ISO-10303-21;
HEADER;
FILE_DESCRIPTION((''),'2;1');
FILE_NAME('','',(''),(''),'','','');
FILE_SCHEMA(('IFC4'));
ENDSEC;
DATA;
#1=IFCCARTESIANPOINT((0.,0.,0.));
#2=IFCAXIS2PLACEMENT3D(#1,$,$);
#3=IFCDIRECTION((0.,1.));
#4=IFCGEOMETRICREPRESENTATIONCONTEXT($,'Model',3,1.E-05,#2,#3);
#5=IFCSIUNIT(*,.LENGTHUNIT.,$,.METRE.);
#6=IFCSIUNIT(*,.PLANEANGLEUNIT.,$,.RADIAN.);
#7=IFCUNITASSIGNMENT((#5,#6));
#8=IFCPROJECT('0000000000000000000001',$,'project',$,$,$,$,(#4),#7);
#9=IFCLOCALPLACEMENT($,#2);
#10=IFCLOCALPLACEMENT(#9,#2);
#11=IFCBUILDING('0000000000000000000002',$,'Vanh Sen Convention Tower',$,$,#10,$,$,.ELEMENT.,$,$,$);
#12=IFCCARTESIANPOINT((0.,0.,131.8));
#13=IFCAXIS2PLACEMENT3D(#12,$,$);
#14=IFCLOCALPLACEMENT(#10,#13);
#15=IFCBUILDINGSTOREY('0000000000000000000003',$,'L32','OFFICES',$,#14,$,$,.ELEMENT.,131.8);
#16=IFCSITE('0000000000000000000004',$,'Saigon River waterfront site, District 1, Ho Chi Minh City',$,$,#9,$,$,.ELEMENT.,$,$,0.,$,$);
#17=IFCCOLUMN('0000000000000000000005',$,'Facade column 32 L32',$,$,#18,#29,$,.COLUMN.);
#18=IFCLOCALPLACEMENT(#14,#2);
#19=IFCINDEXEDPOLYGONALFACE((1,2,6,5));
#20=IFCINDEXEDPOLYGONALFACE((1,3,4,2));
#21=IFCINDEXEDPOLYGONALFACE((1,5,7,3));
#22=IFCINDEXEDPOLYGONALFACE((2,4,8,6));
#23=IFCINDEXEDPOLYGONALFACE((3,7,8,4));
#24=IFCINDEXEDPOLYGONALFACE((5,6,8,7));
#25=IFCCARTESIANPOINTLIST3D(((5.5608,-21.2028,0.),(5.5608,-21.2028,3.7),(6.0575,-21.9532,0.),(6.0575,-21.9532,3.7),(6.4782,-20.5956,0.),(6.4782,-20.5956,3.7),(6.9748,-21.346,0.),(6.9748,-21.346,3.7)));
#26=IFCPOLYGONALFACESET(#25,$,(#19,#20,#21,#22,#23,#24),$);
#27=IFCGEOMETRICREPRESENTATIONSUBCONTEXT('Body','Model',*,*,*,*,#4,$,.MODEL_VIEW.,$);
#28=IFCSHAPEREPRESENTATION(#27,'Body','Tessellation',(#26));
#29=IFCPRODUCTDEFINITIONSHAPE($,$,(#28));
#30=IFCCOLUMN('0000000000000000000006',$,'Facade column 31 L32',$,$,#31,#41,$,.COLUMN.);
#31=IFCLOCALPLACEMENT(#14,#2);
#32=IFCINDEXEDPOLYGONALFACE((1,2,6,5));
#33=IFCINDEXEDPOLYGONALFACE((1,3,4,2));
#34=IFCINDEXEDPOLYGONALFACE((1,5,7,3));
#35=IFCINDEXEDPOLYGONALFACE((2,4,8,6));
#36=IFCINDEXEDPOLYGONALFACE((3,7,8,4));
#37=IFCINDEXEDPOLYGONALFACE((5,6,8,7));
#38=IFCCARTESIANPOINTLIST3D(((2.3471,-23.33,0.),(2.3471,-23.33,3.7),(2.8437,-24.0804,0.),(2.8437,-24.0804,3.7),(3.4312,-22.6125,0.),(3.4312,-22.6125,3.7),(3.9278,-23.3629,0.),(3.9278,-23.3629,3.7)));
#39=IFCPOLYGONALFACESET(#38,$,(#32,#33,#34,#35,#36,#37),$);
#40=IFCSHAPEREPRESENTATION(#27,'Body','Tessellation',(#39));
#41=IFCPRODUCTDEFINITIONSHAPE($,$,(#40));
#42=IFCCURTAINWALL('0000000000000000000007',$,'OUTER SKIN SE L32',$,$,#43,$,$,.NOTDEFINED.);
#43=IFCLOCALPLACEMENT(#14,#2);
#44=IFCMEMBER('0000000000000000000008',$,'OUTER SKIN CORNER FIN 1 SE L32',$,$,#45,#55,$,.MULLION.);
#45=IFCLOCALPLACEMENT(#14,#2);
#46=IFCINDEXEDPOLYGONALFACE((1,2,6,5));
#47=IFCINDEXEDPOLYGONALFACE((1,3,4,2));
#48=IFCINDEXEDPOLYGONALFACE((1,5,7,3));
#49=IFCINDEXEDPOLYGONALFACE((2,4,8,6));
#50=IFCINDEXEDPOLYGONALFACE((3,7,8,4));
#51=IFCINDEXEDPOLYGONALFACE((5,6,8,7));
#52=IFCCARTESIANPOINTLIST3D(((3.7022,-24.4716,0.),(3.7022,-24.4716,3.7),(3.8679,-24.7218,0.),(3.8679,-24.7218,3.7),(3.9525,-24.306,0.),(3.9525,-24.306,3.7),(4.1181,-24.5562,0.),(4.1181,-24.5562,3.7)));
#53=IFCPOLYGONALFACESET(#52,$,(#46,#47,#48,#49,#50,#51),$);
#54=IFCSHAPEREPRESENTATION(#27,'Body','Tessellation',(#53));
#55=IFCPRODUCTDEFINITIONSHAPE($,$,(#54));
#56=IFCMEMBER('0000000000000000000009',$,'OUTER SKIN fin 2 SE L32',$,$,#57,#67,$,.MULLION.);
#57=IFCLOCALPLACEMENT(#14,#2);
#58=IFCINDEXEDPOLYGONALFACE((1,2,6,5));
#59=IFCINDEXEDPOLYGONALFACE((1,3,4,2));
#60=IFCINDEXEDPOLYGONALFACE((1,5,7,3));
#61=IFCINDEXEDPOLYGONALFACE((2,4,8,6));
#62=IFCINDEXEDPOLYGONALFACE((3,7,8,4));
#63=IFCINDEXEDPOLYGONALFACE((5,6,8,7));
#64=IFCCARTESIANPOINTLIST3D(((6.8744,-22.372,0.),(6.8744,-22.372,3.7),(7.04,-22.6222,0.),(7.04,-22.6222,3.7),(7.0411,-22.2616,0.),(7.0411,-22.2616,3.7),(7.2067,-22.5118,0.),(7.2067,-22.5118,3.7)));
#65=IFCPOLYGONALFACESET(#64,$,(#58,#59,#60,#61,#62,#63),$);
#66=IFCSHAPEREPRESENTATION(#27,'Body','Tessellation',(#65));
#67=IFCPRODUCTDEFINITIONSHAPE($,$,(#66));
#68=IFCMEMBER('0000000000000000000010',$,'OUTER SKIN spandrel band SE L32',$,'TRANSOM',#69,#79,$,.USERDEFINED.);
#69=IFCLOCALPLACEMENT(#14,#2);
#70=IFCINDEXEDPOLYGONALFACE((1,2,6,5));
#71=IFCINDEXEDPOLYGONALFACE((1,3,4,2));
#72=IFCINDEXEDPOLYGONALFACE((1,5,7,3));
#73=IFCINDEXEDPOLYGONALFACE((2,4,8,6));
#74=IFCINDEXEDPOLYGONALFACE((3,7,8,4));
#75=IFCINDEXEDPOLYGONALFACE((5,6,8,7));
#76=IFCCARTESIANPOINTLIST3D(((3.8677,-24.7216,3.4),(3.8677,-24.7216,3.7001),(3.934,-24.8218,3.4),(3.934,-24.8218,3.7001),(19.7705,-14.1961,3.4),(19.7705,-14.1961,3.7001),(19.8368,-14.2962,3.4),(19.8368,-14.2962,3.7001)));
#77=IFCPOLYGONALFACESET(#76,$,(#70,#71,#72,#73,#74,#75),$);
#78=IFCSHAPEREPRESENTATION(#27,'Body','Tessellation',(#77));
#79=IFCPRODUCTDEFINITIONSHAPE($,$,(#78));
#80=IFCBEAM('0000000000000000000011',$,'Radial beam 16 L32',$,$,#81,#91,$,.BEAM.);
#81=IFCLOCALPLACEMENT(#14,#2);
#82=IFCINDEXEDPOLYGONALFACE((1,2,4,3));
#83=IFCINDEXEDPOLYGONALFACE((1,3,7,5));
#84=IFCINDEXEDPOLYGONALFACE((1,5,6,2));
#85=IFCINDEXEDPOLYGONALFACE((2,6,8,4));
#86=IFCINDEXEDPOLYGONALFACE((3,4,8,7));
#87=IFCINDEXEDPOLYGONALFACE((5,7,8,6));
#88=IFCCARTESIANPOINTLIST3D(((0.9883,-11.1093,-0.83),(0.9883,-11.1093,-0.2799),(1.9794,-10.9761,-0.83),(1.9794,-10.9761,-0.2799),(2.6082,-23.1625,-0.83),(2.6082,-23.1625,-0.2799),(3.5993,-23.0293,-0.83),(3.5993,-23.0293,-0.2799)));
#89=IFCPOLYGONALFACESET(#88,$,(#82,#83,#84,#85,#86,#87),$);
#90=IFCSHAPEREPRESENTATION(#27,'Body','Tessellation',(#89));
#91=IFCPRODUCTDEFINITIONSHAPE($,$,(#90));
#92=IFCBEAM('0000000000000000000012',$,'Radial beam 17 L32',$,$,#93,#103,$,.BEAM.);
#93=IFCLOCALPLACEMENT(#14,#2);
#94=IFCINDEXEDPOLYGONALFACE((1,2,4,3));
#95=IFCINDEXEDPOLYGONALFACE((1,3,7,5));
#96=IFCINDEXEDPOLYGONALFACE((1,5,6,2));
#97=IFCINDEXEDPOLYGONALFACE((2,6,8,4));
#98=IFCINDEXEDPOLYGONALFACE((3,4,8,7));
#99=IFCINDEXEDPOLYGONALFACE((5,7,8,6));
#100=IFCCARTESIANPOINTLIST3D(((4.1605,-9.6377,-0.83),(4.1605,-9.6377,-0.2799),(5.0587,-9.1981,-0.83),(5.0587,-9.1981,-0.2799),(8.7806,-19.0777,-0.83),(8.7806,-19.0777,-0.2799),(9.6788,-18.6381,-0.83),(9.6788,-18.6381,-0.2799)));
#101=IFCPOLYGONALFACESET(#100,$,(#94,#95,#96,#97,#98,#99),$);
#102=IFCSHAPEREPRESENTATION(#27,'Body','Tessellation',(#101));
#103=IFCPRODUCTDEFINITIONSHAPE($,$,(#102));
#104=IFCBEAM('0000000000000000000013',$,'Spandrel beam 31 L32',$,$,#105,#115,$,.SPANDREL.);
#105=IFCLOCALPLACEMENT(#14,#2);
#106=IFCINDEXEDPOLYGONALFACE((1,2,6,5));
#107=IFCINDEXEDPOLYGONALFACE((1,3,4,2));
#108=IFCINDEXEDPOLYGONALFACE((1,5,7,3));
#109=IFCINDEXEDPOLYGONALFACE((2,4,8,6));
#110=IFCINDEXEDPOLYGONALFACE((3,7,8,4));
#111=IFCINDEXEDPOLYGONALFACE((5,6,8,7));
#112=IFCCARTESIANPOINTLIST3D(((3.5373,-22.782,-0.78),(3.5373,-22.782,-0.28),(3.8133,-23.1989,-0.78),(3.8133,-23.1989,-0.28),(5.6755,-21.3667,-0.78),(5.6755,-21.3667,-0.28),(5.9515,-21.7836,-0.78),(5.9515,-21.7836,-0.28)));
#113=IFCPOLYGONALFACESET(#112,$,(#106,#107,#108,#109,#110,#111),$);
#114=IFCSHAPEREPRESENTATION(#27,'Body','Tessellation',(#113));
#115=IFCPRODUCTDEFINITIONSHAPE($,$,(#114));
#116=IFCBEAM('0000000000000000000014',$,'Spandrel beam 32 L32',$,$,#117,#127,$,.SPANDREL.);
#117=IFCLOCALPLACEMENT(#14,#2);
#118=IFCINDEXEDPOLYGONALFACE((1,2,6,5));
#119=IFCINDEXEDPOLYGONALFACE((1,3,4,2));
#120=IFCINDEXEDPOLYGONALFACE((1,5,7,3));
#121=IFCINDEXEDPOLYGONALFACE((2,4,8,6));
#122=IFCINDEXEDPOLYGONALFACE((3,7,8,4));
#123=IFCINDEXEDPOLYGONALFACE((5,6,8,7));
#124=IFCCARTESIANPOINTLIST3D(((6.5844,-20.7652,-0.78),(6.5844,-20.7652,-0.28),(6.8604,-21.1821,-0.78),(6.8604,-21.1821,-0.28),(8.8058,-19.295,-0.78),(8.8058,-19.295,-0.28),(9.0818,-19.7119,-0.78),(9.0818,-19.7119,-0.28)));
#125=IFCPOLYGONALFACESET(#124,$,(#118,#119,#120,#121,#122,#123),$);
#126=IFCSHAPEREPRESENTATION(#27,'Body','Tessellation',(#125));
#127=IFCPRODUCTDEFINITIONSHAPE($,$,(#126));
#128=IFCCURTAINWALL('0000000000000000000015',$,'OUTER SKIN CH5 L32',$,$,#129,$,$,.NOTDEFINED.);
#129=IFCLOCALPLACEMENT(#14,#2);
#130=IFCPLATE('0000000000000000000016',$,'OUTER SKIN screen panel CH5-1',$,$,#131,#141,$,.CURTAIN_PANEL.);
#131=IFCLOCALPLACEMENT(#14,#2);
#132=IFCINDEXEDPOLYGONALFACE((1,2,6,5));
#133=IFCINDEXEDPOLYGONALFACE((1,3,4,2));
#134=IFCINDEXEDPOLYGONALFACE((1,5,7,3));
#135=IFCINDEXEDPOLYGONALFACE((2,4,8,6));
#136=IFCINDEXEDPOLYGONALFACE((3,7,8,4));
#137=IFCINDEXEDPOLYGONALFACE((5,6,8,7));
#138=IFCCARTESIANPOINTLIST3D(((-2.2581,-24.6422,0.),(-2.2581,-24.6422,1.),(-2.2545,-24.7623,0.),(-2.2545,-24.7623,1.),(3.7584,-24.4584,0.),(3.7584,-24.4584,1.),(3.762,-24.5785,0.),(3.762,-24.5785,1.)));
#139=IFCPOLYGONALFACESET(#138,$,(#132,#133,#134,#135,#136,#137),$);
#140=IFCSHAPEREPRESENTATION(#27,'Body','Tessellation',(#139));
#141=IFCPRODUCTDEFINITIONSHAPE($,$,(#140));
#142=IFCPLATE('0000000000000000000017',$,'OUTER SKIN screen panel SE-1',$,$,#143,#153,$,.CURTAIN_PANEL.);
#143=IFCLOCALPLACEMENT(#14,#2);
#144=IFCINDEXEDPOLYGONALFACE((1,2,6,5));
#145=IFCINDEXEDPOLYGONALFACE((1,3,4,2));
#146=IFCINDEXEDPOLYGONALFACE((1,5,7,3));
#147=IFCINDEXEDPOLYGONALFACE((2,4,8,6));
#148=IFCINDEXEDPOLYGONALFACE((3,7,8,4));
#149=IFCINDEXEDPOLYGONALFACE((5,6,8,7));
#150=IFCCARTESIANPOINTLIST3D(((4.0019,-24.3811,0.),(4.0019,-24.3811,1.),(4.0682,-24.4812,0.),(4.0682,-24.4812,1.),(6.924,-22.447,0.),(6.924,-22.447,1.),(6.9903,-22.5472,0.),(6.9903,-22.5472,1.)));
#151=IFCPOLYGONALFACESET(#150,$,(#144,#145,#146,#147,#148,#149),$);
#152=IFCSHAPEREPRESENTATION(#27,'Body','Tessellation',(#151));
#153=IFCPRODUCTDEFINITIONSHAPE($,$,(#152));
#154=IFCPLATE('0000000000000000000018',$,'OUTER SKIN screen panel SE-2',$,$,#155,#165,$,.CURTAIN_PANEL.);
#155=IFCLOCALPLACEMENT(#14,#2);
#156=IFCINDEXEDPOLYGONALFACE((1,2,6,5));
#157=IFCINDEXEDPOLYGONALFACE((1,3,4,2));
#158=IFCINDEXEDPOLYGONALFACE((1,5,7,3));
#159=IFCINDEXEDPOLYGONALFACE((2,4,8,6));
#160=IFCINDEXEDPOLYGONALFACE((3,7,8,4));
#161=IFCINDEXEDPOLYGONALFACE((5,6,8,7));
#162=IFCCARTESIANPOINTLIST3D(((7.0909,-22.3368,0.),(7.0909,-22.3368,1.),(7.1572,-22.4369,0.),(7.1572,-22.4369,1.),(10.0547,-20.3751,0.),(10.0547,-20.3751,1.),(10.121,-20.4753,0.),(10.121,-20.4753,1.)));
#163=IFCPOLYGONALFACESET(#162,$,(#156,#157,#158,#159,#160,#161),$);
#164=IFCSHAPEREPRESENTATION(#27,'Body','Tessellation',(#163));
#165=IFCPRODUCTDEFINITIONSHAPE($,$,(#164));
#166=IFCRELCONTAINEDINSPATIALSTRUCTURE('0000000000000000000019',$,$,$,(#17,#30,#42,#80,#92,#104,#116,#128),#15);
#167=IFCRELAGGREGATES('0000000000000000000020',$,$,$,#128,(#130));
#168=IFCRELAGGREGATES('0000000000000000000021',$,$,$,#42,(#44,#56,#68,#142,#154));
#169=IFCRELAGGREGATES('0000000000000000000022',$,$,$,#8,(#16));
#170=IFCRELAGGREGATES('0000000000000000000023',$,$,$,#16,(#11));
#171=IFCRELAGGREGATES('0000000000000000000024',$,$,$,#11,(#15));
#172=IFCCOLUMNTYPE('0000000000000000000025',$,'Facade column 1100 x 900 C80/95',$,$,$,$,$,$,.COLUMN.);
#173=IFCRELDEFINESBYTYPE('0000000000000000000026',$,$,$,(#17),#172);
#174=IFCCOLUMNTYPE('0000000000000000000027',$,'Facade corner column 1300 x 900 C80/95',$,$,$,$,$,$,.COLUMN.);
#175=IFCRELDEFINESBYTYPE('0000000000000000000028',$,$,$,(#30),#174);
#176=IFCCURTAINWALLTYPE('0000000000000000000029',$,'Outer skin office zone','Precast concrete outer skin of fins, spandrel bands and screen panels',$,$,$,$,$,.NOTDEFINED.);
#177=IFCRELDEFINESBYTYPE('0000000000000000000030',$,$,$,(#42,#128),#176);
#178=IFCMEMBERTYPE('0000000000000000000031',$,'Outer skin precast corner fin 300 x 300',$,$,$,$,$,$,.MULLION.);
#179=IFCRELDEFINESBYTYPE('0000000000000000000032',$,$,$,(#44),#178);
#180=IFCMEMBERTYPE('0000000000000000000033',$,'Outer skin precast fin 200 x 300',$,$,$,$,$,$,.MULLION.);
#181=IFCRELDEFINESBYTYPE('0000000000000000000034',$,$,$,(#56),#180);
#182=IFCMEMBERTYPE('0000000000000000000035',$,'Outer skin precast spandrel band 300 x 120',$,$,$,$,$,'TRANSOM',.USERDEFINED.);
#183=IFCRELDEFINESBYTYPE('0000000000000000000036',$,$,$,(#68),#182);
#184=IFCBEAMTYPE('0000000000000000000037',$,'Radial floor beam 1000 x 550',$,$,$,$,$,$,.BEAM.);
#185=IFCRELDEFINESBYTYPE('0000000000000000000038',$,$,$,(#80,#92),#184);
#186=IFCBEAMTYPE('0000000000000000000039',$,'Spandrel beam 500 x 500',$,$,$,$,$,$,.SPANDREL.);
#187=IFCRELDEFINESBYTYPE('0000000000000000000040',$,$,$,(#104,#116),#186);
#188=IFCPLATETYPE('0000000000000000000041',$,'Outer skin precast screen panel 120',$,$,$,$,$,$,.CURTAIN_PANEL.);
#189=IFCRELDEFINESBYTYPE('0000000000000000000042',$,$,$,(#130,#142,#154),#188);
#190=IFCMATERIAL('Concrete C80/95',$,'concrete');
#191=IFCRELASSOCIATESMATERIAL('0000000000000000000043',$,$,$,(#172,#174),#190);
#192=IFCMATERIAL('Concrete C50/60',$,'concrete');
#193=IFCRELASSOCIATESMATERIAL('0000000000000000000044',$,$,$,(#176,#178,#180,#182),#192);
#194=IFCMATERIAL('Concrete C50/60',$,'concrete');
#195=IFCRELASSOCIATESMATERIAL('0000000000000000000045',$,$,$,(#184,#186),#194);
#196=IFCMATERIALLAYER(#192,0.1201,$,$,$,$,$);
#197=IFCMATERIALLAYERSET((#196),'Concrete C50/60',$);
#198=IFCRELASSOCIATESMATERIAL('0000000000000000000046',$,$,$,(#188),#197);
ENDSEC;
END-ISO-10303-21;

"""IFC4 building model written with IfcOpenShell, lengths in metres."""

from ifc_helpers import new_model, si_unit, direction, frame, origin, origin_2d, place, context, subcontext, project, spatial, rectangle, extrude, material, layer, layer_set, material_profile, profile_set, type_object, element, aggregate, save


model = new_model("IFC4")

# Units and contexts
model_context = context("Model", 3, precision=1e-05, world=origin(), true_north=direction((0.0, 1.0)))
body_context = subcontext(model_context, "Body", "Model", "MODEL_VIEW")
ifc_project = project(units=[si_unit("LENGTHUNIT", "METRE"), si_unit("PLANEANGLEUNIT", "RADIAN")], contexts=[model_context])

# Site, building, storey
site_placement = place(None, origin())
site = spatial("IfcSite", under=ifc_project, at=site_placement, Name="Saigon River waterfront site, District 1, Ho Chi Minh City", CompositionType="ELEMENT", RefElevation=0.0)
building_placement = place(site_placement, origin())
building = spatial("IfcBuilding", under=site, at=building_placement, Name="Vanh Sen Convention Tower", CompositionType="ELEMENT")
storey_placement = place(building_placement, frame((0.0, 0.0, 131.8)))
storey = spatial("IfcBuildingStorey", under=building, at=storey_placement, Name="L32", Description="OFFICES", CompositionType="ELEMENT", Elevation=131.8)

# Columns
ifc_material_1 = material(Name="Concrete C80/95", Category="concrete")
ifc_material_profile_1 = material_profile(ifc_material_1, rectangle(XDim=1.1001, YDim=0.8999, at=origin_2d()), Name="RC 1100X900")
ifc_profile_set_1 = profile_set([ifc_material_profile_1], Name="Concrete C80/95")
column_type_1 = type_object("IfcColumnType", Name="Facade column 1100 x 900 C80/95", PredefinedType="COLUMN", material=ifc_profile_set_1)
column_1_placement = place(storey_placement, frame((6.2678, -21.2744, 0.0), z_axis=(0.0, 0.0, 1.0), x_axis=(0.833886, 0.551937, 0.0)))
element("IfcColumn", 1, at=column_1_placement, inside=storey, type_object=column_type_1, Name="Facade column 32 L32", PredefinedType="COLUMN", context=body_context, shape_type="SweptSolid", body=[
    extrude(rectangle(XDim=1.1001, YDim=0.8999, at=origin_2d()), origin(), (0.0, 0.0, 1.0), 3.7),
])
ifc_material_profile_2 = material_profile(ifc_material_1, rectangle(XDim=1.3, YDim=0.8999, at=origin_2d()), Name="RC 1300X900")
ifc_profile_set_2 = profile_set([ifc_material_profile_2], Name="Concrete C80/95")
column_type_2 = type_object("IfcColumnType", Name="Facade corner column 1300 x 900 C80/95", PredefinedType="COLUMN", material=ifc_profile_set_2)
column_2_placement = place(storey_placement, frame((3.1375, -23.3464, 0.0), z_axis=(0.0, 0.0, 1.0), x_axis=(0.833886, 0.551937, 0.0)))
element("IfcColumn", 2, at=column_2_placement, inside=storey, type_object=column_type_2, Name="Facade column 31 L32", PredefinedType="COLUMN", context=body_context, shape_type="SweptSolid", body=[
    extrude(rectangle(XDim=1.3, YDim=0.8999, at=origin_2d()), origin(), (0.0, 0.0, 1.0), 3.7),
])

# Curtain wall, members
ifc_material_2 = material(Name="Concrete C50/60", Category="concrete")
curtain_wall_type = type_object("IfcCurtainWallType", Name="Outer skin office zone", Description="Precast concrete outer skin of fins, spandrel bands and screen panels", PredefinedType="NOTDEFINED", material=ifc_material_2)
curtain_wall_1_placement = place(storey_placement, origin())
curtain_wall_1 = element("IfcCurtainWall", 3, at=curtain_wall_1_placement, inside=storey, type_object=curtain_wall_type, Name="OUTER SKIN SE L32", PredefinedType="NOTDEFINED")
ifc_material_profile_3 = material_profile(ifc_material_2, rectangle(XDim=0.3, YDim=0.3, at=origin_2d()), Name="Outer skin precast corner fin 300 x 300")
ifc_profile_set_3 = profile_set([ifc_material_profile_3], Name="Concrete C50/60")
member_type_1 = type_object("IfcMemberType", Name="Outer skin precast corner fin 300 x 300", PredefinedType="MULLION", material=ifc_profile_set_3)
member_1_placement = place(storey_placement, frame((3.9102, -24.5139, 0.0), z_axis=(0.0, 0.0, 1.0), x_axis=(0.833886, 0.551937, 0.0)))
member_1 = element("IfcMember", 4, at=member_1_placement, type_object=member_type_1, Name="OUTER SKIN CORNER FIN 1 SE L32", PredefinedType="MULLION", context=body_context, shape_type="SweptSolid", body=[
    extrude(rectangle(XDim=0.3, YDim=0.3, at=origin_2d()), origin(), (0.0, 0.0, 1.0), 3.7),
])
ifc_material_profile_4 = material_profile(ifc_material_2, rectangle(XDim=0.2, YDim=0.3, at=origin_2d()), Name="Outer skin precast fin 200 x 300")
ifc_profile_set_4 = profile_set([ifc_material_profile_4], Name="Concrete C50/60")
member_type_2 = type_object("IfcMemberType", Name="Outer skin precast fin 200 x 300", PredefinedType="MULLION", material=ifc_profile_set_4)
member_2_placement = place(storey_placement, frame((7.0405, -22.4419, 0.0), z_axis=(0.0, 0.0, 1.0), x_axis=(0.833886, 0.551937, 0.0)))
member_2 = element("IfcMember", 5, at=member_2_placement, type_object=member_type_2, Name="OUTER SKIN fin 2 SE L32", PredefinedType="MULLION", context=body_context, shape_type="SweptSolid", body=[
    extrude(rectangle(XDim=0.2, YDim=0.3, at=origin_2d()), origin(), (0.0, 0.0, 1.0), 3.7),
])
ifc_material_profile_5 = material_profile(ifc_material_2, rectangle(XDim=0.1201, YDim=0.3, at=origin_2d()), Name="Outer skin precast spandrel band 300 x 120")
ifc_profile_set_5 = profile_set([ifc_material_profile_5], Name="Concrete C50/60")
member_type_3 = type_object("IfcMemberType", Name="Outer skin precast spandrel band 300 x 120", ElementType="TRANSOM", PredefinedType="USERDEFINED", material=ifc_profile_set_5)
member_3_placement = place(storey_placement, frame((3.9009, -24.7717, 3.55), z_axis=(0.833891, 0.551929, 0.0), x_axis=(-0.551929, 0.833891, 0.0)))
member_3 = element("IfcMember", 6, at=member_3_placement, type_object=member_type_3, Name="OUTER SKIN spandrel band SE L32", ObjectType="TRANSOM", PredefinedType="USERDEFINED", context=body_context, shape_type="SweptSolid", body=[
    extrude(rectangle(XDim=0.1201, YDim=0.3, at=origin_2d()), origin(), (0.0, 0.0, 1.0), 19.0706),
])

# Beams
ifc_material_3 = material(Name="Concrete C50/60", Category="concrete")
ifc_material_profile_6 = material_profile(ifc_material_3, rectangle(XDim=1.0, YDim=0.55, at=origin_2d()), Name="RC 1000X550")
ifc_profile_set_6 = profile_set([ifc_material_profile_6], Name="Concrete C50/60")
beam_type_1 = type_object("IfcBeamType", Name="Radial floor beam 1000 x 550", PredefinedType="BEAM", material=ifc_profile_set_6)
beam_1_placement = place(storey_placement, frame((3.1038, -23.0959, -0.5549), z_axis=(-0.133196, 0.99109, 0.0), x_axis=(-0.99109, -0.133196, 0.0)))
element("IfcBeam", 7, at=beam_1_placement, inside=storey, type_object=beam_type_1, Name="Radial beam 16 L32", PredefinedType="BEAM", context=body_context, shape_type="SweptSolid", body=[
    extrude(rectangle(XDim=1.0, YDim=0.55, at=origin_2d()), origin(), (0.0, 0.0, 1.0), 12.1616),
])
beam_2_placement = place(storey_placement, frame((9.2297, -18.8579, -0.5549), z_axis=(-0.439597, 0.898195, 0.0), x_axis=(-0.898195, -0.439597, 0.0)))
element("IfcBeam", 8, at=beam_2_placement, inside=storey, type_object=beam_type_1, Name="Radial beam 17 L32", PredefinedType="BEAM", context=body_context, shape_type="SweptSolid", body=[
    extrude(rectangle(XDim=1.0, YDim=0.55, at=origin_2d()), origin(), (0.0, 0.0, 1.0), 10.51),
])
ifc_material_profile_7 = material_profile(ifc_material_3, rectangle(XDim=0.5, YDim=0.5, at=origin_2d()), Name="RC 500X500")
ifc_profile_set_7 = profile_set([ifc_material_profile_7], Name="Concrete C50/60")
beam_type_2 = type_object("IfcBeamType", Name="Spandrel beam 500 x 500", PredefinedType="SPANDREL", material=ifc_profile_set_7)
beam_3_placement = place(storey_placement, frame((3.6753, -22.9905, -0.53), z_axis=(0.833877, 0.551951, 0.0), x_axis=(-0.551951, 0.833877, 0.0)))
element("IfcBeam", 9, at=beam_3_placement, inside=storey, type_object=beam_type_2, Name="Spandrel beam 31 L32", PredefinedType="SPANDREL", context=body_context, shape_type="SweptSolid", body=[
    extrude(rectangle(XDim=0.5, YDim=0.5, at=origin_2d()), origin(), (0.0, 0.0, 1.0), 2.5642),
])
beam_4_placement = place(storey_placement, frame((6.7224, -20.9736, -0.53), z_axis=(0.833907, 0.551905, 0.0), x_axis=(-0.551905, 0.833907, 0.0)))
element("IfcBeam", 10, at=beam_4_placement, inside=storey, type_object=beam_type_2, Name="Spandrel beam 32 L32", PredefinedType="SPANDREL", context=body_context, shape_type="SweptSolid", body=[
    extrude(rectangle(XDim=0.5, YDim=0.5, at=origin_2d()), origin(), (0.0, 0.0, 1.0), 2.6638),
])

# Curtain wall, plate
curtain_wall_2_placement = place(storey_placement, origin())
curtain_wall_2 = element("IfcCurtainWall", 11, at=curtain_wall_2_placement, inside=storey, type_object=curtain_wall_type, Name="OUTER SKIN CH5 L32", PredefinedType="NOTDEFINED")
ifc_layer_1 = layer(ifc_material_2, 0.1201)
ifc_layer_set_1 = layer_set([ifc_layer_1], Name="Concrete C50/60")
plate_type = type_object("IfcPlateType", Name="Outer skin precast screen panel 120", PredefinedType="CURTAIN_PANEL", material=ifc_layer_set_1)
plate_1_placement = place(storey_placement, frame((0.752, -24.6104, 0.0), z_axis=(0.0, 0.0, 1.0), x_axis=(0.999534, 0.03054, 0.0)))
plate_1 = element("IfcPlate", 12, at=plate_1_placement, type_object=plate_type, Name="OUTER SKIN screen panel CH5-1", PredefinedType="CURTAIN_PANEL", context=body_context, shape_type="SweptSolid", body=[
    extrude(rectangle(XDim=6.0193, YDim=0.1201, at=origin_2d()), origin(), (0.0, 0.0, 1.0), 1.0),
])
aggregate(curtain_wall_2, [plate_1])

# Plates
plate_2_placement = place(storey_placement, frame((5.4961, -23.4641, 0.0), z_axis=(0.0, 0.0, 1.0), x_axis=(0.83389, 0.551931, 0.0)))
plate_2 = element("IfcPlate", 13, at=plate_2_placement, type_object=plate_type, Name="OUTER SKIN screen panel SE-1", PredefinedType="CURTAIN_PANEL", context=body_context, shape_type="SweptSolid", body=[
    extrude(rectangle(XDim=3.5042, YDim=0.1201, at=origin_2d()), origin(), (0.0, 0.0, 1.0), 1.0),
])
plate_3_placement = place(storey_placement, frame((8.606, -21.406, 0.0), z_axis=(0.0, 0.0, 1.0), x_axis=(0.83389, 0.551931, 0.0)))
plate_3 = element("IfcPlate", 14, at=plate_3_placement, type_object=plate_type, Name="OUTER SKIN screen panel SE-2", PredefinedType="CURTAIN_PANEL", context=body_context, shape_type="SweptSolid", body=[
    extrude(rectangle(XDim=3.5542, YDim=0.1201, at=origin_2d()), origin(), (0.0, 0.0, 1.0), 1.0),
])
aggregate(curtain_wall_1, [member_1, member_2, member_3, plate_2, plate_3])

save(model, "model.ifc")
